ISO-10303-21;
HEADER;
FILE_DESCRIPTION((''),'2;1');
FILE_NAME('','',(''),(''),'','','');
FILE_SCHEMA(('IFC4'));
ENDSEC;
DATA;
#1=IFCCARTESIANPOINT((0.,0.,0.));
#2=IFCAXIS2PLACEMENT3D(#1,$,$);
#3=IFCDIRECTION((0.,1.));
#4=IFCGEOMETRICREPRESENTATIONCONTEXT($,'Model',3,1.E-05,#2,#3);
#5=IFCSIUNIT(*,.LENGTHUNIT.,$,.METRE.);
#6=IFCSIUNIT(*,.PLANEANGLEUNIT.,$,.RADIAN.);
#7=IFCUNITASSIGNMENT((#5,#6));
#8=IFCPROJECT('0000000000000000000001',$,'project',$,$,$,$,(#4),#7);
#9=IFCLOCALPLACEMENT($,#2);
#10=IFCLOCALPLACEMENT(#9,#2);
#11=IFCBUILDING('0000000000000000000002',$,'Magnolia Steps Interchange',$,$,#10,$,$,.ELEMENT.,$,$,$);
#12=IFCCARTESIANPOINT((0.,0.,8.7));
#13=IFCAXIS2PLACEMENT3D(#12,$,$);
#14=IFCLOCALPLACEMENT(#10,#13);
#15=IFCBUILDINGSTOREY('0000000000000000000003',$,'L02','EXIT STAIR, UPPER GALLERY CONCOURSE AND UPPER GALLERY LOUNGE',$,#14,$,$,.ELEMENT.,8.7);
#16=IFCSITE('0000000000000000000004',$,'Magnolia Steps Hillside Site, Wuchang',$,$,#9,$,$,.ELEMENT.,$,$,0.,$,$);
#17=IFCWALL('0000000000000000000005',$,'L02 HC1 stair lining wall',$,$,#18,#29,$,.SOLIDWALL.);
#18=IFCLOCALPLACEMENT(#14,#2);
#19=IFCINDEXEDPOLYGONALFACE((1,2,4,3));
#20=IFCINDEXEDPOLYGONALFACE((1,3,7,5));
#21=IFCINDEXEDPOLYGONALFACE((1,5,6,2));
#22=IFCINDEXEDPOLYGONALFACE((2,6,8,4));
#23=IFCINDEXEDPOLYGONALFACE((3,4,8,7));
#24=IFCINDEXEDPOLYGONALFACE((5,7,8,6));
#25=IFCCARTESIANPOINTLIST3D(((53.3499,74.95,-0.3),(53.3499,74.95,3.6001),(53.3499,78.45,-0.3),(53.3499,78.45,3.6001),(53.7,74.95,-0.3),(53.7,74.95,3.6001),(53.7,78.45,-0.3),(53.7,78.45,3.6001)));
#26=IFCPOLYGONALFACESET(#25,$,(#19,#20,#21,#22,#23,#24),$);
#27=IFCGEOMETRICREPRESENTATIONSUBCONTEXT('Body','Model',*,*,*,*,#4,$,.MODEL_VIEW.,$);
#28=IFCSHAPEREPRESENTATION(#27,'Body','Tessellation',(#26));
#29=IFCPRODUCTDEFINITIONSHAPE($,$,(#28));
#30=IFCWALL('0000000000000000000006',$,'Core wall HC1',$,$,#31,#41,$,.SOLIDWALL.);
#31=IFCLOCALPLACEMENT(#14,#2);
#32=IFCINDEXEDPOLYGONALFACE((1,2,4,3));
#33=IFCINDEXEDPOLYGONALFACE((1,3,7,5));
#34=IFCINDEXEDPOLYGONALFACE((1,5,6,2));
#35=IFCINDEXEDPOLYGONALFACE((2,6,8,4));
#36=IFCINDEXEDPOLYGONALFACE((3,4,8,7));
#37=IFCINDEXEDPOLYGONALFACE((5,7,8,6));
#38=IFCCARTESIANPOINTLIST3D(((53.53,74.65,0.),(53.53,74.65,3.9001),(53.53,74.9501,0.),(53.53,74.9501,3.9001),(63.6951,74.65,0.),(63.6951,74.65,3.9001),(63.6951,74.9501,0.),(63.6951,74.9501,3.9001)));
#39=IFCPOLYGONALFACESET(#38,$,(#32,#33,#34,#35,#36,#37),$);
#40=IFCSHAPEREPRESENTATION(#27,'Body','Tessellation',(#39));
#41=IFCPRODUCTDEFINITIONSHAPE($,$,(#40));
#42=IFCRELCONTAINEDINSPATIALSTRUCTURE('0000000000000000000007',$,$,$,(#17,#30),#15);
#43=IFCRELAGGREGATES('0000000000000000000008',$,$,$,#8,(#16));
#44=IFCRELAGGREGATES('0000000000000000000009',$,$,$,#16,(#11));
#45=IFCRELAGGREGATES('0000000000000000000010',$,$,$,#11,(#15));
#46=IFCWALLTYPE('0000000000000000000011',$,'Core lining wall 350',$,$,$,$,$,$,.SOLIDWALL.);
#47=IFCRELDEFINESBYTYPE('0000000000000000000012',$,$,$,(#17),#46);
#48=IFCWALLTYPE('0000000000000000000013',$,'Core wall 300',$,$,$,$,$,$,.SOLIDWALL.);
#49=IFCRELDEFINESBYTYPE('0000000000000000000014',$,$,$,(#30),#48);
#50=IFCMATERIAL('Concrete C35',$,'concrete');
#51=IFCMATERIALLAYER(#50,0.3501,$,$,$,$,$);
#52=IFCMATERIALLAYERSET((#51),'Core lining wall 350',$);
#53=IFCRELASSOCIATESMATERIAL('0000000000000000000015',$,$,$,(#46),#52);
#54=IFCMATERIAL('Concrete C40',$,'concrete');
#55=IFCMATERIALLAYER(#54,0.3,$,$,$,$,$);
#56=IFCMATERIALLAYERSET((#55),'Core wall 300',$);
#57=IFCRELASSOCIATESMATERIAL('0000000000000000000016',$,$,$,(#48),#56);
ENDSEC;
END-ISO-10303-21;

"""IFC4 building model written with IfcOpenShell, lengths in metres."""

from ifc_helpers import new_model, si_unit, direction, frame, frame_2d, origin, place, context, subcontext, project, spatial, rectangle, extrude, material, layer, layer_set, type_object, element, save


model = new_model("IFC4")

# Units and contexts
model_context = context("Model", 3, precision=1e-05, world=origin(), true_north=direction((0.0, 1.0)))
body_context = subcontext(model_context, "Body", "Model", "MODEL_VIEW")
ifc_project = project(units=[si_unit("LENGTHUNIT", "METRE"), si_unit("PLANEANGLEUNIT", "RADIAN")], contexts=[model_context])

# Site, building, storey
site_placement = place(None, origin())
site = spatial("IfcSite", under=ifc_project, at=site_placement, Name="Magnolia Steps Hillside Site, Wuchang", CompositionType="ELEMENT", RefElevation=0.0)
building_placement = place(site_placement, origin())
building = spatial("IfcBuilding", under=site, at=building_placement, Name="Magnolia Steps Interchange", CompositionType="ELEMENT")
storey_placement = place(building_placement, frame((0.0, 0.0, 8.7)))
storey = spatial("IfcBuildingStorey", under=building, at=storey_placement, Name="L02", Description="EXIT STAIR, UPPER GALLERY CONCOURSE AND UPPER GALLERY LOUNGE", CompositionType="ELEMENT", Elevation=8.7)

# Walls
ifc_material_1 = material(Name="Concrete C35", Category="concrete")
ifc_layer_1 = layer(ifc_material_1, 0.3501)
ifc_layer_set_1 = layer_set([ifc_layer_1], Name="Core lining wall 350")
wall_type_1 = type_object("IfcWallType", Name="Core lining wall 350", PredefinedType="SOLIDWALL", material=ifc_layer_set_1)
wall_1_placement = place(storey_placement, frame((53.5249, 74.95, -0.3), z_axis=(0.0, 0.0, 1.0), x_axis=(0.0, 1.0, 0.0)))
element("IfcWall", 1, at=wall_1_placement, inside=storey, type_object=wall_type_1, Name="L02 HC1 stair lining wall", PredefinedType="SOLIDWALL", context=body_context, shape_type="SweptSolid", body=[
    extrude(rectangle(XDim=3.5, YDim=0.3501, at=frame_2d((1.75, 0.0))), origin(), (0.0, 0.0, 1.0), 3.9001),
])
ifc_material_2 = material(Name="Concrete C40", Category="concrete")
ifc_layer_2 = layer(ifc_material_2, 0.3)
ifc_layer_set_2 = layer_set([ifc_layer_2], Name="Core wall 300")
wall_type_2 = type_object("IfcWallType", Name="Core wall 300", PredefinedType="SOLIDWALL", material=ifc_layer_set_2)
wall_2_placement = place(storey_placement, frame((53.53, 74.8, 0.0), z_axis=(0.0, 0.0, 1.0), x_axis=(1.0, 0.0, 0.0)))
element("IfcWall", 2, at=wall_2_placement, inside=storey, type_object=wall_type_2, Name="Core wall HC1", PredefinedType="SOLIDWALL", context=body_context, shape_type="SweptSolid", body=[
    extrude(rectangle(XDim=10.165, YDim=0.3, at=frame_2d((5.0825, 0.0))), origin(), (0.0, 0.0, 1.0), 3.9001),
])

save(model, "model.ifc")
